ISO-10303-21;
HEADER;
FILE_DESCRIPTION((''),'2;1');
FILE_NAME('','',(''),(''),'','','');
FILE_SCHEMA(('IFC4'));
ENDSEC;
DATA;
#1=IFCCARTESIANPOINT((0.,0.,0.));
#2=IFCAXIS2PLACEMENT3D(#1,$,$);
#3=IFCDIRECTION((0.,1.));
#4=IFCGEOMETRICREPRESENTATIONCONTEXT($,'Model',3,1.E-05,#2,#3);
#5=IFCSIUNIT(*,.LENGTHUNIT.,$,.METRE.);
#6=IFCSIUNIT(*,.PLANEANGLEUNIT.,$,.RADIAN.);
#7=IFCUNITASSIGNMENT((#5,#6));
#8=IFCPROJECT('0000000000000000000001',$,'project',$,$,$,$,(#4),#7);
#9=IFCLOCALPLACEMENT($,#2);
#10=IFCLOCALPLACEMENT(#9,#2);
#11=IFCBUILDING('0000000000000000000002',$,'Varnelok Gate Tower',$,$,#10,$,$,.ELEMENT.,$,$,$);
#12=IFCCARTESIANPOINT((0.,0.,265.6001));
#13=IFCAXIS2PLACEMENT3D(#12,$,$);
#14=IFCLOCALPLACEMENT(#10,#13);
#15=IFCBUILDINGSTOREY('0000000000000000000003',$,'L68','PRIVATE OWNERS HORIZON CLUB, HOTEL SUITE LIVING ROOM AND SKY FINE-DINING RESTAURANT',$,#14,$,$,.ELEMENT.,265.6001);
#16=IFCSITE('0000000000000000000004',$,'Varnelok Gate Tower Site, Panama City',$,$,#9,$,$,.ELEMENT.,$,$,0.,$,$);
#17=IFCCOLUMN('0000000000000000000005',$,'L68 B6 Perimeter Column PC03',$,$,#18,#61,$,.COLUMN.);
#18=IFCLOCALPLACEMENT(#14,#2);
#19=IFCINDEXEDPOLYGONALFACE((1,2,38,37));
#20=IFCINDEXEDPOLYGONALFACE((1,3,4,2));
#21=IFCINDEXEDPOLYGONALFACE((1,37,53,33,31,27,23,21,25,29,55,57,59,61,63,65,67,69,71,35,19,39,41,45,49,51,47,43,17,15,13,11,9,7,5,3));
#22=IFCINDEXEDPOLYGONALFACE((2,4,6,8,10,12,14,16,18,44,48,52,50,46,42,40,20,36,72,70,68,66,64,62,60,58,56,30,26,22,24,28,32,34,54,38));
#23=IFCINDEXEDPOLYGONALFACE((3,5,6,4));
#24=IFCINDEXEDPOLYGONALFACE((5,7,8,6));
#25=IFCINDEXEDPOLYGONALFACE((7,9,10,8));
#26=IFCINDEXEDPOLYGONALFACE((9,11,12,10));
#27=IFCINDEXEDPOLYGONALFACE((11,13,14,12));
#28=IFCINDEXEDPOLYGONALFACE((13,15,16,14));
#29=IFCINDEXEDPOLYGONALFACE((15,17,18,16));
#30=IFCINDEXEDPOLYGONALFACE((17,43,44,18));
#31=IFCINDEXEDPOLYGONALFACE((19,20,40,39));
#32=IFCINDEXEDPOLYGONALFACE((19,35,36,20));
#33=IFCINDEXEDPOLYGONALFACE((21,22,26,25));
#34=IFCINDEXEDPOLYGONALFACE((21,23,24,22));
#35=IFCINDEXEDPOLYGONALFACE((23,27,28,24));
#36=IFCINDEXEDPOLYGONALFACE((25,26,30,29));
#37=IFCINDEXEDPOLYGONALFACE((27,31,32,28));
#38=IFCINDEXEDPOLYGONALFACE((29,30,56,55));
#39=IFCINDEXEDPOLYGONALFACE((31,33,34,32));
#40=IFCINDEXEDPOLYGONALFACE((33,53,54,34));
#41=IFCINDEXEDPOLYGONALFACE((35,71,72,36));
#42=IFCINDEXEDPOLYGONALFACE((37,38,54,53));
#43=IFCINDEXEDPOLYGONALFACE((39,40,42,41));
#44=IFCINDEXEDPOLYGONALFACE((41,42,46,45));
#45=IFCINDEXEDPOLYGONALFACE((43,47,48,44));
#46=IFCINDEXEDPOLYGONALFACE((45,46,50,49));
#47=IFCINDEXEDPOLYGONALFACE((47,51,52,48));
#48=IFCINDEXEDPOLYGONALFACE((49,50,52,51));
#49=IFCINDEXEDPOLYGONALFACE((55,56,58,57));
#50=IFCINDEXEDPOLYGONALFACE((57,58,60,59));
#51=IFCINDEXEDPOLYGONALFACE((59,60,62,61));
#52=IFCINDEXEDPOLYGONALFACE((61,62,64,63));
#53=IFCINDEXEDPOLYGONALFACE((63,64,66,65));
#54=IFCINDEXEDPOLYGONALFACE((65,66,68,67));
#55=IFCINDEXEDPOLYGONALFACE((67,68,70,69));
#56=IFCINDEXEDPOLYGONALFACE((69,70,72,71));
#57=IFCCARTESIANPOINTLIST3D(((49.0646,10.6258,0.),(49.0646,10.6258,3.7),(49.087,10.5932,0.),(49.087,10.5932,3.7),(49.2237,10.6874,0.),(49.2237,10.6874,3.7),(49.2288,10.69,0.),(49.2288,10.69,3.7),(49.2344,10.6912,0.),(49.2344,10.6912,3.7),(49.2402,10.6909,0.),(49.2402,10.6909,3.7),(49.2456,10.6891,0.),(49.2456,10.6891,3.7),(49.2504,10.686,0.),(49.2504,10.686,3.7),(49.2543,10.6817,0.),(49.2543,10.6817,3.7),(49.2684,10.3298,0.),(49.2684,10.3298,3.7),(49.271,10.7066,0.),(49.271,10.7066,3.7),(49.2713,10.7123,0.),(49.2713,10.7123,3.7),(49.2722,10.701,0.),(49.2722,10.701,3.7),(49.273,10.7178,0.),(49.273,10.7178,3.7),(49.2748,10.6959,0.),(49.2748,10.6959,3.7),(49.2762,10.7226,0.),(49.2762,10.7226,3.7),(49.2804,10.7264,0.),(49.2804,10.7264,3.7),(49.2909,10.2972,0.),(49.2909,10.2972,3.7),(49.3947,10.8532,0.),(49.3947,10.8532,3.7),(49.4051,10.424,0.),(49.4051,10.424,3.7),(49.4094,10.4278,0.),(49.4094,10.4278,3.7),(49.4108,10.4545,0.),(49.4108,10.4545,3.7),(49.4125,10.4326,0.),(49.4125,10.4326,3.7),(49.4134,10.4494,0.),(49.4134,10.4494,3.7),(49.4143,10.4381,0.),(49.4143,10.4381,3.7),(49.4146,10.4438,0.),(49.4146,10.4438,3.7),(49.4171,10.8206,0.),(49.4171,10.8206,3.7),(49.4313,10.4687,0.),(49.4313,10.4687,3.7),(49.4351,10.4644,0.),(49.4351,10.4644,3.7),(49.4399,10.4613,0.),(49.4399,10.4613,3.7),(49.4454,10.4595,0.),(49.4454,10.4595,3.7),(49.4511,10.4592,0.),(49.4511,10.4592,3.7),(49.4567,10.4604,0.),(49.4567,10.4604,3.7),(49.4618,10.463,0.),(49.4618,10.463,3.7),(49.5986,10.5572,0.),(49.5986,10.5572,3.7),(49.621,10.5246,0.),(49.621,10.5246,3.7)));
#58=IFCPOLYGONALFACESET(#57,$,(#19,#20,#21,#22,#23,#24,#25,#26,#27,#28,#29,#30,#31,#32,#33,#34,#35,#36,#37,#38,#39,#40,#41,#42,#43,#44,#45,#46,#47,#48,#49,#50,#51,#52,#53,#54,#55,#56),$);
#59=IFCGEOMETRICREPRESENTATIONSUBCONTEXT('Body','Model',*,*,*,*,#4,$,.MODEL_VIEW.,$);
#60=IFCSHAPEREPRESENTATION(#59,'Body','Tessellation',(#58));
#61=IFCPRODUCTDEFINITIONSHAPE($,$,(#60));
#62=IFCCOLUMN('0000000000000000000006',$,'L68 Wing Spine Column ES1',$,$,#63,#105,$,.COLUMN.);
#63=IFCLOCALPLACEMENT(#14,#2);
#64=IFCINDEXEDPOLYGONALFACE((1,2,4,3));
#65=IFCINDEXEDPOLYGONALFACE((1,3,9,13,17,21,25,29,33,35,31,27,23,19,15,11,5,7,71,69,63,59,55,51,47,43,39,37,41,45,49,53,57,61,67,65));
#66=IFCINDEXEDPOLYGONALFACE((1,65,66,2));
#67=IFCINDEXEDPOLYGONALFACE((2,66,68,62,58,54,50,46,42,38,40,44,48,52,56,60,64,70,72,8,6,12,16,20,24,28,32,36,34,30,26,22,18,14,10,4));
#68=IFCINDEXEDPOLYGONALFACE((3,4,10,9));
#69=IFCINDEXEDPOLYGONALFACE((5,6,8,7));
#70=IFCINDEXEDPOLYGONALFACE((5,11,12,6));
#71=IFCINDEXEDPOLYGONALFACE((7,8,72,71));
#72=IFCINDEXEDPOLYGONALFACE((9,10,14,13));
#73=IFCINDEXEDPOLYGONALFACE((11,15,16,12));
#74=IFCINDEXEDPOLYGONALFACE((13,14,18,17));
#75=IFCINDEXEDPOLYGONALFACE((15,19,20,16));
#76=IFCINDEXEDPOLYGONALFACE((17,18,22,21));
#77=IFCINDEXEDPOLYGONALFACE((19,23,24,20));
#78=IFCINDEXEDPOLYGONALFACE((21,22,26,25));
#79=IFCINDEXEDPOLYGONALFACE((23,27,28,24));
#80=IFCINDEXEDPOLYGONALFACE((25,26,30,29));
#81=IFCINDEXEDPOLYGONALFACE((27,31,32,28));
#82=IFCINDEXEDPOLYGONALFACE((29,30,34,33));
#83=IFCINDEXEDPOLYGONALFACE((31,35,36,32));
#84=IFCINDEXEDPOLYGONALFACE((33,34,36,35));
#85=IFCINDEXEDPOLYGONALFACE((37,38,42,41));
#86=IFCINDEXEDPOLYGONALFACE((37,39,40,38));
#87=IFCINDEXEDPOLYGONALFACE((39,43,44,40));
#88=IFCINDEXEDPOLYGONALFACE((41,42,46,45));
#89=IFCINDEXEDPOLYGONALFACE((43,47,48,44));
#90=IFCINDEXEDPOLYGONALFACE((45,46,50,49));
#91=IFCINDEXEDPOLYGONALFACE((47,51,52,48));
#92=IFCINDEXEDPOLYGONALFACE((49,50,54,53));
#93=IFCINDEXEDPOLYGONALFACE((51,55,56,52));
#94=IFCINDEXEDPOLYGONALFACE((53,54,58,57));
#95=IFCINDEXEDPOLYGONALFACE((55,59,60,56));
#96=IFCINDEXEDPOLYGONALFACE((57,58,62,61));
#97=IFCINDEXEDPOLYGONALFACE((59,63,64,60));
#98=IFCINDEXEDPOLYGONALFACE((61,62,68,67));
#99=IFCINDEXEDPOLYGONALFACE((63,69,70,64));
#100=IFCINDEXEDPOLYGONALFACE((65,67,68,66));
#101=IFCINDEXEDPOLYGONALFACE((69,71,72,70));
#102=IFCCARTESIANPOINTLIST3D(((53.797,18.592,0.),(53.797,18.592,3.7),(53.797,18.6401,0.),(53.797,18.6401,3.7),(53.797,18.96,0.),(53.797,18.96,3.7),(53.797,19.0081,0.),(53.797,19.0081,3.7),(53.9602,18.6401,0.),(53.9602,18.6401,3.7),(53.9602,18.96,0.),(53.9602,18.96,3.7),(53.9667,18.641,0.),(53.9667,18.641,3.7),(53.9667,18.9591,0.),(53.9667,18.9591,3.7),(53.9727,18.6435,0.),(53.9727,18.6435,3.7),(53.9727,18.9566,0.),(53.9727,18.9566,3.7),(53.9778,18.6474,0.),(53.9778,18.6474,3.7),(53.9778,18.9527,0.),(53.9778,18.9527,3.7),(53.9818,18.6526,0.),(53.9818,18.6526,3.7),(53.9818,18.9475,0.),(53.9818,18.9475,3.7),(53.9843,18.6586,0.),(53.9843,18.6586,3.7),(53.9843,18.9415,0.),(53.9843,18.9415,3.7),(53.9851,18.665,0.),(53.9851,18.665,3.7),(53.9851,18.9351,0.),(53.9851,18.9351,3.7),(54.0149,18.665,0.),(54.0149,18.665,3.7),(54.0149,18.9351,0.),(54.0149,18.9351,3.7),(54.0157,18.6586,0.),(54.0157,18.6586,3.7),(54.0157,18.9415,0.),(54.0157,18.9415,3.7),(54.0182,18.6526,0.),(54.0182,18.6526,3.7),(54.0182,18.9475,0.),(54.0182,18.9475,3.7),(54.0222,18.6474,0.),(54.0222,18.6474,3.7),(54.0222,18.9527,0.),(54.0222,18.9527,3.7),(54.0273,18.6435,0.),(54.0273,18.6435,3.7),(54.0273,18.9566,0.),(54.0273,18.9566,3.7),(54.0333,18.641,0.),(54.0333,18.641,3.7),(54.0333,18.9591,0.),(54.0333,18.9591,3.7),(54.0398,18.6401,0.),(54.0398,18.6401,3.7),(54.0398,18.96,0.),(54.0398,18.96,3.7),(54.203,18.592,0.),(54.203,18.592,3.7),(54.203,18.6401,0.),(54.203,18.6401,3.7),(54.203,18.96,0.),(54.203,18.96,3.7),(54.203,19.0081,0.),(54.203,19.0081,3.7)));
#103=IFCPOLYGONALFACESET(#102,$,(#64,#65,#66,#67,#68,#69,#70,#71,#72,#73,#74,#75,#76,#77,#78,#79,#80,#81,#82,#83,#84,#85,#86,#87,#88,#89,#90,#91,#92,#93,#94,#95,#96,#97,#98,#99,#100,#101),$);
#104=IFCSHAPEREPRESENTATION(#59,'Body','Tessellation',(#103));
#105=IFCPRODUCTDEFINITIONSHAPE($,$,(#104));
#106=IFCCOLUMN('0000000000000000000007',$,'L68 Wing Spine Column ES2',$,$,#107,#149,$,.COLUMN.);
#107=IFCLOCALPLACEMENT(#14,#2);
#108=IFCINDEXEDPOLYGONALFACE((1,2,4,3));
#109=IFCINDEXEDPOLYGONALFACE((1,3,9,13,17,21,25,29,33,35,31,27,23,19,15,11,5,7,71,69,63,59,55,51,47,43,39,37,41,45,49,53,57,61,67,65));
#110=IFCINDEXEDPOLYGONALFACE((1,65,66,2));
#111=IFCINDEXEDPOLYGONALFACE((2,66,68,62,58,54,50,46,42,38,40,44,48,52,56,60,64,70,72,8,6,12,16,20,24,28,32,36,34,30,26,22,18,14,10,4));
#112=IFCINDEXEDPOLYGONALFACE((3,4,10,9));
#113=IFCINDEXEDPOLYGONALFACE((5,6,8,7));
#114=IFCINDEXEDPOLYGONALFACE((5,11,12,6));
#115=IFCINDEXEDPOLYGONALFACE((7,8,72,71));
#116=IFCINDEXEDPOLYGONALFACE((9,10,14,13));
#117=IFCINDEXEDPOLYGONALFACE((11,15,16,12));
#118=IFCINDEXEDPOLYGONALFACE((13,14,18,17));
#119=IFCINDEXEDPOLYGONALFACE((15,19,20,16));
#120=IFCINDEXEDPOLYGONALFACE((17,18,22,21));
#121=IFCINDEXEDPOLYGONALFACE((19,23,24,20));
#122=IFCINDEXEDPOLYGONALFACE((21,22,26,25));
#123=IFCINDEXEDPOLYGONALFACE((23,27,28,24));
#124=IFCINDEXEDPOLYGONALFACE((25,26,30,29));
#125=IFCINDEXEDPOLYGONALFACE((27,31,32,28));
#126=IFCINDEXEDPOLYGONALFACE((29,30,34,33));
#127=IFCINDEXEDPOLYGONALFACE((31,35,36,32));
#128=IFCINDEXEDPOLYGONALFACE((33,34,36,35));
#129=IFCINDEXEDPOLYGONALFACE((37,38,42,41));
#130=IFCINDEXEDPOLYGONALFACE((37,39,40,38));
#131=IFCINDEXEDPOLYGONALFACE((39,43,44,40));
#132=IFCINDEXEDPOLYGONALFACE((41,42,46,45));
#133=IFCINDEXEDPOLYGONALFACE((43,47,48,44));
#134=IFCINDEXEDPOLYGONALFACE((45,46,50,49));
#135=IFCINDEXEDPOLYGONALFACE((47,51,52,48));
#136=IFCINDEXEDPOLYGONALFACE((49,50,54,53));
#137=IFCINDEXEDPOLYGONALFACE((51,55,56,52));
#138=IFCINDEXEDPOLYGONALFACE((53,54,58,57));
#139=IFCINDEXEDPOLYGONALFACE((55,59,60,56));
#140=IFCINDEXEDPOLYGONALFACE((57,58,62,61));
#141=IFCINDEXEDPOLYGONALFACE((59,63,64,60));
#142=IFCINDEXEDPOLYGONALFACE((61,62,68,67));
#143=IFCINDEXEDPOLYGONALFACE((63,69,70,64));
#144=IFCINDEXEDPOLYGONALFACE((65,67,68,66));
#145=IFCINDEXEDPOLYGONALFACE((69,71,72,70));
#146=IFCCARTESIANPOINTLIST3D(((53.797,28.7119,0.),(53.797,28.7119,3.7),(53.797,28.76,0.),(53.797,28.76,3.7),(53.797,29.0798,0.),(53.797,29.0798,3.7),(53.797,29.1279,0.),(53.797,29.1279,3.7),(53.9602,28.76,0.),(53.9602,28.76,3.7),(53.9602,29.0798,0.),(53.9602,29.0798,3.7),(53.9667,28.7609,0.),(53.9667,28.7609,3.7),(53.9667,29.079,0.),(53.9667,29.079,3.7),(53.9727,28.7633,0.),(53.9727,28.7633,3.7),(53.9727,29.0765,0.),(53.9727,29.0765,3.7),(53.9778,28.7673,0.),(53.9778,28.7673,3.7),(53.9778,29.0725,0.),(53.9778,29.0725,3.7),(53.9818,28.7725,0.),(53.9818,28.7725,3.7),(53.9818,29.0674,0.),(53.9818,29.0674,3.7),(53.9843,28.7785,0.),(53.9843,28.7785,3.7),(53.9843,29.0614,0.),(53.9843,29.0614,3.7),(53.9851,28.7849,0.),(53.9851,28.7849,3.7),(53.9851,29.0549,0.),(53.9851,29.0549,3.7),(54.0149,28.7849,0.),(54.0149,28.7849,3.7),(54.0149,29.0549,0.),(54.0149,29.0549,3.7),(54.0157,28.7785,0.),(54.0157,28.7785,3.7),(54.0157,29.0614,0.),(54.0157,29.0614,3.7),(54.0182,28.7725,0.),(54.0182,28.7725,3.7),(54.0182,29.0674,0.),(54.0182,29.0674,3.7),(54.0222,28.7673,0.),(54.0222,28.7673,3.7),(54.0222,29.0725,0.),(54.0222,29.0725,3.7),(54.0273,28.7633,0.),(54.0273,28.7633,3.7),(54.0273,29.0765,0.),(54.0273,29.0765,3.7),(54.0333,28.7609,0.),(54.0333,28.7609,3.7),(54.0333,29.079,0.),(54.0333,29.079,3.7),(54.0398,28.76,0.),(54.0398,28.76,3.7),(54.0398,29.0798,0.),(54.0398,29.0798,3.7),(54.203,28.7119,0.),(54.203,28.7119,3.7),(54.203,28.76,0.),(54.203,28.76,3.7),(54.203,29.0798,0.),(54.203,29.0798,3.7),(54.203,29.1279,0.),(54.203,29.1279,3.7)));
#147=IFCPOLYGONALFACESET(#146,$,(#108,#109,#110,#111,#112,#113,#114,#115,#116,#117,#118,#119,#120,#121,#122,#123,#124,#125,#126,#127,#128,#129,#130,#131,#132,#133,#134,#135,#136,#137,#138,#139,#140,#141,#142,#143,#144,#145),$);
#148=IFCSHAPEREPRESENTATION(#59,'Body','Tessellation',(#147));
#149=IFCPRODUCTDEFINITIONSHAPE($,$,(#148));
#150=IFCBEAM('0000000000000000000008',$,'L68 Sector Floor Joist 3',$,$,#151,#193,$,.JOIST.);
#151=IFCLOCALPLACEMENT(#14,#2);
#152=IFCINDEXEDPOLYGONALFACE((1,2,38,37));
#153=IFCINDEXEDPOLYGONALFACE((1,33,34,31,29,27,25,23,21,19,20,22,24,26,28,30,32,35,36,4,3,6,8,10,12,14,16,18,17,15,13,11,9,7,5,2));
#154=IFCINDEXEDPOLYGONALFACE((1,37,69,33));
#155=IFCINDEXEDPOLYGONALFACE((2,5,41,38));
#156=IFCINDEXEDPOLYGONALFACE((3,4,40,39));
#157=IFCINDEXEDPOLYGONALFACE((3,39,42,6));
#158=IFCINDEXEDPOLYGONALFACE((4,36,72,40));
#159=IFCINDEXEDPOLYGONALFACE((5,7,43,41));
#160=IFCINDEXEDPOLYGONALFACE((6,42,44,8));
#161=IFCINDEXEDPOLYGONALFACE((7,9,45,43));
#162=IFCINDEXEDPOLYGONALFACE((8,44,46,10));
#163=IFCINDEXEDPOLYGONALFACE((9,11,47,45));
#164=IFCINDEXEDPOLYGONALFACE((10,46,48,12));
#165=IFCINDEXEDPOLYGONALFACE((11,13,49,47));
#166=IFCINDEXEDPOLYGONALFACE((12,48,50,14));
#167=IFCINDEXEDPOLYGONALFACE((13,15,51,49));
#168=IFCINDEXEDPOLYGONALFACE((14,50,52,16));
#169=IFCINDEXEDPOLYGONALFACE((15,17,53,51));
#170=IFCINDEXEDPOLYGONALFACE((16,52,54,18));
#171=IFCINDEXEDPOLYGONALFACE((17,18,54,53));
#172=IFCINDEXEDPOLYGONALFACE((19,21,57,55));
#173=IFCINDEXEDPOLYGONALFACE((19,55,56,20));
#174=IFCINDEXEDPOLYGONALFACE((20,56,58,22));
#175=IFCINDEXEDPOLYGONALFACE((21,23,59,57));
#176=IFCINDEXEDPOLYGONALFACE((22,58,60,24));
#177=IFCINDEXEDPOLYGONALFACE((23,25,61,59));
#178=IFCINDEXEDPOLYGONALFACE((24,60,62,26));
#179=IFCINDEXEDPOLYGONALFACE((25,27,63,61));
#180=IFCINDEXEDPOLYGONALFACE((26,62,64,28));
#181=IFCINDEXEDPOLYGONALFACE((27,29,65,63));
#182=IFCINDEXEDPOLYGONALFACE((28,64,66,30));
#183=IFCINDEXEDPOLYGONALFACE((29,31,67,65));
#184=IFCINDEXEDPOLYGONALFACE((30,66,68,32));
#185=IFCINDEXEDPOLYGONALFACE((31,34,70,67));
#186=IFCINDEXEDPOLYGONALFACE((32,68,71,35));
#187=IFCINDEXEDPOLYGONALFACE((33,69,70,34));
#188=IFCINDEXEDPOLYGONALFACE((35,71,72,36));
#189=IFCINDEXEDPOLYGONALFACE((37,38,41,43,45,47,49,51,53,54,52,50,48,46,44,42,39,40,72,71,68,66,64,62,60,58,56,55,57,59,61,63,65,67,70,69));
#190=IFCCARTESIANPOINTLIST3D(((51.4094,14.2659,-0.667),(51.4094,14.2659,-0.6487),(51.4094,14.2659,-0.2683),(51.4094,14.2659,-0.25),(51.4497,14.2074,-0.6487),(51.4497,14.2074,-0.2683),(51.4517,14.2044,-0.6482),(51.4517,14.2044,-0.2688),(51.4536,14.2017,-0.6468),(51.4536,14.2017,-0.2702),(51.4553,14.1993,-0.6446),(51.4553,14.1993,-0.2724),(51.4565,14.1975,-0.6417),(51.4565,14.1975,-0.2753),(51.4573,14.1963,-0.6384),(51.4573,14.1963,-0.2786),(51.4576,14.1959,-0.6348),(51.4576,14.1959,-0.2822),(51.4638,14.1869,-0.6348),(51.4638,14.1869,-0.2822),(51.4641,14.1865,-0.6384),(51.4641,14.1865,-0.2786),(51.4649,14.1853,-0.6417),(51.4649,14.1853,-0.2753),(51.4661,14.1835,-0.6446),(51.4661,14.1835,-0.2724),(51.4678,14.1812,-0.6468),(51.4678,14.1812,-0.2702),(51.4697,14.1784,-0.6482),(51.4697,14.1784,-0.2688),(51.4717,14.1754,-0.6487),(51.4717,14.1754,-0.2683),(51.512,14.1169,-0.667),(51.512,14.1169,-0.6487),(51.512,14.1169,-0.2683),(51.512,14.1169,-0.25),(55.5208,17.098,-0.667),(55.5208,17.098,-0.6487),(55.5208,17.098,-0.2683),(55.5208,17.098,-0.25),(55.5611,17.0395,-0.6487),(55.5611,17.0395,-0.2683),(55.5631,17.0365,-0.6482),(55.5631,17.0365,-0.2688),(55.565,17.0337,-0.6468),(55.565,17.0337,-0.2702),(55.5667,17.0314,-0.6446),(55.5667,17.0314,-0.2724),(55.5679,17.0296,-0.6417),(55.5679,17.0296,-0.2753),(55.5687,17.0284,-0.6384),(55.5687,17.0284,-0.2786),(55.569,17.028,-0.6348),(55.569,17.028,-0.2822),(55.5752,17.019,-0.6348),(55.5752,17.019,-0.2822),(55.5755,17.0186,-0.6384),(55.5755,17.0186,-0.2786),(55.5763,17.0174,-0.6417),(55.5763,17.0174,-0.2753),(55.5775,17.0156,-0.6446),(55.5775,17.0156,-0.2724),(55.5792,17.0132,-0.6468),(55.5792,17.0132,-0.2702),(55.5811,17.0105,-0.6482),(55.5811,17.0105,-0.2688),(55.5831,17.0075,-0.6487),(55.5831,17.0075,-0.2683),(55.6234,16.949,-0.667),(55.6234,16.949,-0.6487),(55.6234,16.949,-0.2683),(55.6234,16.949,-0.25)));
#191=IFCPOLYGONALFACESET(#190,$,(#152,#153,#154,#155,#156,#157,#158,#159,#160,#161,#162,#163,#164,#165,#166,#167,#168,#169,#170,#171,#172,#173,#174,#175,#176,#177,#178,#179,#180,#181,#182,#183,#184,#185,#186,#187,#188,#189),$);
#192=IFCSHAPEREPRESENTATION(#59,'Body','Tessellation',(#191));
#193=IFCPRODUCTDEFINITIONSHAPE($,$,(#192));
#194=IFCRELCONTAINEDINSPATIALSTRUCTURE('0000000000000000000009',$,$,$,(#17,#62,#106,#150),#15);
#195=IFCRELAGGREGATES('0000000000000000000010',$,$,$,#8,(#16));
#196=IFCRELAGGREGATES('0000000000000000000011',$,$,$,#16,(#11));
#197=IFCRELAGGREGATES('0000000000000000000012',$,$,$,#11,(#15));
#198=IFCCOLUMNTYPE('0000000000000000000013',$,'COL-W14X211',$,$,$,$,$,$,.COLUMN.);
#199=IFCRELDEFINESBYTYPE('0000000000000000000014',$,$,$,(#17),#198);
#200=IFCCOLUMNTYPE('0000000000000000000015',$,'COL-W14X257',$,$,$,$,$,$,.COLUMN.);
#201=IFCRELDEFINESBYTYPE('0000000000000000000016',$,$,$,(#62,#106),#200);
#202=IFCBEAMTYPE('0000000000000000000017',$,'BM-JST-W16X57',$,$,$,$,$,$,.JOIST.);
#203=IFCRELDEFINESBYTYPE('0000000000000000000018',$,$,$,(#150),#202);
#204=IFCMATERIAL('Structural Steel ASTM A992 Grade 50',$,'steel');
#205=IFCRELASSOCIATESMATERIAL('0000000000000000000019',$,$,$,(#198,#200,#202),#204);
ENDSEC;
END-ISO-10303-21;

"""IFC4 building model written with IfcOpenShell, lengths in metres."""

from ifc_helpers import new_model, si_unit, direction, frame, origin, origin_2d, place, context, subcontext, project, spatial, i_section, extrude, material, material_profile, profile_set, type_object, element, save


model = new_model("IFC4")

# Units and contexts
model_context = context("Model", 3, precision=1e-05, world=origin(), true_north=direction((0.0, 1.0)))
body_context = subcontext(model_context, "Body", "Model", "MODEL_VIEW")
ifc_project = project(units=[si_unit("LENGTHUNIT", "METRE"), si_unit("PLANEANGLEUNIT", "RADIAN")], contexts=[model_context])

# Site, building, storey
site_placement = place(None, origin())
site = spatial("IfcSite", under=ifc_project, at=site_placement, Name="Varnelok Gate Tower Site, Panama City", CompositionType="ELEMENT", RefElevation=0.0)
building_placement = place(site_placement, origin())
building = spatial("IfcBuilding", under=site, at=building_placement, Name="Varnelok Gate Tower", CompositionType="ELEMENT")
storey_placement = place(building_placement, frame((0.0, 0.0, 265.6001)))
storey = spatial("IfcBuildingStorey", under=building, at=storey_placement, Name="L68", Description="PRIVATE OWNERS HORIZON CLUB, HOTEL SUITE LIVING ROOM AND SKY FINE-DINING RESTAURANT", CompositionType="ELEMENT", Elevation=265.6001)

# Columns
ifc_material_1 = material(Name="Structural Steel ASTM A992 Grade 50", Category="steel")
ifc_material_profile_1 = material_profile(ifc_material_1, i_section(OverallWidth=0.4009, OverallDepth=0.3989, WebThickness=0.0249, FlangeThickness=0.0396, FilletRadius=0.022, at=origin_2d()), Name="W14X211")
ifc_profile_set_1 = profile_set([ifc_material_profile_1], Name="Structural Steel ASTM A992 Grade 50")
column_type_1 = type_object("IfcColumnType", Name="COL-W14X211", PredefinedType="COLUMN", material=ifc_profile_set_1)
column_placement = place(storey_placement, frame((49.3428, 10.5752, 0.0), z_axis=(0.0, 0.0, 1.0), x_axis=(0.823533, 0.567269, 0.0)))
element("IfcColumn", 1, at=column_placement, inside=storey, type_object=column_type_1, Name="L68 B6 Perimeter Column PC03", PredefinedType="COLUMN", context=body_context, shape_type="SweptSolid", body=[
    extrude(i_section(OverallWidth=0.4009, OverallDepth=0.3989, WebThickness=0.0249, FlangeThickness=0.0396, FilletRadius=0.022, at=origin_2d()), origin(), (0.0, 0.0, 1.0), 3.7),
])
ifc_material_profile_2 = material_profile(ifc_material_1, i_section(OverallWidth=0.406, OverallDepth=0.416, WebThickness=0.0298, FlangeThickness=0.0481, FilletRadius=0.0249, at=origin_2d()), Name="W14X257")
ifc_profile_set_2 = profile_set([ifc_material_profile_2], Name="Structural Steel ASTM A992 Grade 50")
column_type_2 = type_object("IfcColumnType", Name="COL-W14X257", PredefinedType="COLUMN", material=ifc_profile_set_2)
for number, where, z_axis, x_axis, name in (
    (2, (54.0, 18.8, 0.0), (0.0, 0.0, 1.0), (1.0, 0.0, 0.0), "L68 Wing Spine Column ES1"),
    (3, (54.0, 28.9199, 0.0), (0.0, 0.0, 1.0), (1.0, 0.0, 0.0), "L68 Wing Spine Column ES2"),
):
    element("IfcColumn", number, at=place(storey_placement, frame(where, z_axis=z_axis, x_axis=x_axis)), inside=storey, type_object=column_type_2, Name=name, PredefinedType="COLUMN", context=body_context, shape_type="SweptSolid", body=[
        extrude(i_section(OverallWidth=0.406, OverallDepth=0.416, WebThickness=0.0298, FlangeThickness=0.0481, FilletRadius=0.0249, at=origin_2d()), origin(), (0.0, 0.0, 1.0), 3.7),
    ])

# Beam
ifc_material_profile_3 = material_profile(ifc_material_1, i_section(OverallWidth=0.1809, OverallDepth=0.417, WebThickness=0.011, FlangeThickness=0.0183, FilletRadius=0.0139, at=origin_2d()), Name="W16X57")
ifc_profile_set_3 = profile_set([ifc_material_profile_3], Name="Structural Steel ASTM A992 Grade 50")
beam_type_1 = type_object("IfcBeamType", Name="BM-JST-W16X57", PredefinedType="JOIST", material=ifc_profile_set_3)
beam_1_placement = place(storey_placement, frame((51.4607, 14.1914, -0.4585), z_axis=(0.823528, 0.567276, 0.0), x_axis=(-0.567276, 0.823528, 0.0)))
element("IfcBeam", 4, at=beam_1_placement, inside=storey, type_object=beam_type_1, Name="L68 Sector Floor Joist 3", PredefinedType="JOIST", context=body_context, shape_type="SweptSolid", body=[
    extrude(i_section(OverallWidth=0.1809, OverallDepth=0.417, WebThickness=0.011, FlangeThickness=0.0183, FilletRadius=0.0139, at=origin_2d()), origin(), (0.0, 0.0, 1.0), 4.9924),
])

save(model, "model.ifc")
